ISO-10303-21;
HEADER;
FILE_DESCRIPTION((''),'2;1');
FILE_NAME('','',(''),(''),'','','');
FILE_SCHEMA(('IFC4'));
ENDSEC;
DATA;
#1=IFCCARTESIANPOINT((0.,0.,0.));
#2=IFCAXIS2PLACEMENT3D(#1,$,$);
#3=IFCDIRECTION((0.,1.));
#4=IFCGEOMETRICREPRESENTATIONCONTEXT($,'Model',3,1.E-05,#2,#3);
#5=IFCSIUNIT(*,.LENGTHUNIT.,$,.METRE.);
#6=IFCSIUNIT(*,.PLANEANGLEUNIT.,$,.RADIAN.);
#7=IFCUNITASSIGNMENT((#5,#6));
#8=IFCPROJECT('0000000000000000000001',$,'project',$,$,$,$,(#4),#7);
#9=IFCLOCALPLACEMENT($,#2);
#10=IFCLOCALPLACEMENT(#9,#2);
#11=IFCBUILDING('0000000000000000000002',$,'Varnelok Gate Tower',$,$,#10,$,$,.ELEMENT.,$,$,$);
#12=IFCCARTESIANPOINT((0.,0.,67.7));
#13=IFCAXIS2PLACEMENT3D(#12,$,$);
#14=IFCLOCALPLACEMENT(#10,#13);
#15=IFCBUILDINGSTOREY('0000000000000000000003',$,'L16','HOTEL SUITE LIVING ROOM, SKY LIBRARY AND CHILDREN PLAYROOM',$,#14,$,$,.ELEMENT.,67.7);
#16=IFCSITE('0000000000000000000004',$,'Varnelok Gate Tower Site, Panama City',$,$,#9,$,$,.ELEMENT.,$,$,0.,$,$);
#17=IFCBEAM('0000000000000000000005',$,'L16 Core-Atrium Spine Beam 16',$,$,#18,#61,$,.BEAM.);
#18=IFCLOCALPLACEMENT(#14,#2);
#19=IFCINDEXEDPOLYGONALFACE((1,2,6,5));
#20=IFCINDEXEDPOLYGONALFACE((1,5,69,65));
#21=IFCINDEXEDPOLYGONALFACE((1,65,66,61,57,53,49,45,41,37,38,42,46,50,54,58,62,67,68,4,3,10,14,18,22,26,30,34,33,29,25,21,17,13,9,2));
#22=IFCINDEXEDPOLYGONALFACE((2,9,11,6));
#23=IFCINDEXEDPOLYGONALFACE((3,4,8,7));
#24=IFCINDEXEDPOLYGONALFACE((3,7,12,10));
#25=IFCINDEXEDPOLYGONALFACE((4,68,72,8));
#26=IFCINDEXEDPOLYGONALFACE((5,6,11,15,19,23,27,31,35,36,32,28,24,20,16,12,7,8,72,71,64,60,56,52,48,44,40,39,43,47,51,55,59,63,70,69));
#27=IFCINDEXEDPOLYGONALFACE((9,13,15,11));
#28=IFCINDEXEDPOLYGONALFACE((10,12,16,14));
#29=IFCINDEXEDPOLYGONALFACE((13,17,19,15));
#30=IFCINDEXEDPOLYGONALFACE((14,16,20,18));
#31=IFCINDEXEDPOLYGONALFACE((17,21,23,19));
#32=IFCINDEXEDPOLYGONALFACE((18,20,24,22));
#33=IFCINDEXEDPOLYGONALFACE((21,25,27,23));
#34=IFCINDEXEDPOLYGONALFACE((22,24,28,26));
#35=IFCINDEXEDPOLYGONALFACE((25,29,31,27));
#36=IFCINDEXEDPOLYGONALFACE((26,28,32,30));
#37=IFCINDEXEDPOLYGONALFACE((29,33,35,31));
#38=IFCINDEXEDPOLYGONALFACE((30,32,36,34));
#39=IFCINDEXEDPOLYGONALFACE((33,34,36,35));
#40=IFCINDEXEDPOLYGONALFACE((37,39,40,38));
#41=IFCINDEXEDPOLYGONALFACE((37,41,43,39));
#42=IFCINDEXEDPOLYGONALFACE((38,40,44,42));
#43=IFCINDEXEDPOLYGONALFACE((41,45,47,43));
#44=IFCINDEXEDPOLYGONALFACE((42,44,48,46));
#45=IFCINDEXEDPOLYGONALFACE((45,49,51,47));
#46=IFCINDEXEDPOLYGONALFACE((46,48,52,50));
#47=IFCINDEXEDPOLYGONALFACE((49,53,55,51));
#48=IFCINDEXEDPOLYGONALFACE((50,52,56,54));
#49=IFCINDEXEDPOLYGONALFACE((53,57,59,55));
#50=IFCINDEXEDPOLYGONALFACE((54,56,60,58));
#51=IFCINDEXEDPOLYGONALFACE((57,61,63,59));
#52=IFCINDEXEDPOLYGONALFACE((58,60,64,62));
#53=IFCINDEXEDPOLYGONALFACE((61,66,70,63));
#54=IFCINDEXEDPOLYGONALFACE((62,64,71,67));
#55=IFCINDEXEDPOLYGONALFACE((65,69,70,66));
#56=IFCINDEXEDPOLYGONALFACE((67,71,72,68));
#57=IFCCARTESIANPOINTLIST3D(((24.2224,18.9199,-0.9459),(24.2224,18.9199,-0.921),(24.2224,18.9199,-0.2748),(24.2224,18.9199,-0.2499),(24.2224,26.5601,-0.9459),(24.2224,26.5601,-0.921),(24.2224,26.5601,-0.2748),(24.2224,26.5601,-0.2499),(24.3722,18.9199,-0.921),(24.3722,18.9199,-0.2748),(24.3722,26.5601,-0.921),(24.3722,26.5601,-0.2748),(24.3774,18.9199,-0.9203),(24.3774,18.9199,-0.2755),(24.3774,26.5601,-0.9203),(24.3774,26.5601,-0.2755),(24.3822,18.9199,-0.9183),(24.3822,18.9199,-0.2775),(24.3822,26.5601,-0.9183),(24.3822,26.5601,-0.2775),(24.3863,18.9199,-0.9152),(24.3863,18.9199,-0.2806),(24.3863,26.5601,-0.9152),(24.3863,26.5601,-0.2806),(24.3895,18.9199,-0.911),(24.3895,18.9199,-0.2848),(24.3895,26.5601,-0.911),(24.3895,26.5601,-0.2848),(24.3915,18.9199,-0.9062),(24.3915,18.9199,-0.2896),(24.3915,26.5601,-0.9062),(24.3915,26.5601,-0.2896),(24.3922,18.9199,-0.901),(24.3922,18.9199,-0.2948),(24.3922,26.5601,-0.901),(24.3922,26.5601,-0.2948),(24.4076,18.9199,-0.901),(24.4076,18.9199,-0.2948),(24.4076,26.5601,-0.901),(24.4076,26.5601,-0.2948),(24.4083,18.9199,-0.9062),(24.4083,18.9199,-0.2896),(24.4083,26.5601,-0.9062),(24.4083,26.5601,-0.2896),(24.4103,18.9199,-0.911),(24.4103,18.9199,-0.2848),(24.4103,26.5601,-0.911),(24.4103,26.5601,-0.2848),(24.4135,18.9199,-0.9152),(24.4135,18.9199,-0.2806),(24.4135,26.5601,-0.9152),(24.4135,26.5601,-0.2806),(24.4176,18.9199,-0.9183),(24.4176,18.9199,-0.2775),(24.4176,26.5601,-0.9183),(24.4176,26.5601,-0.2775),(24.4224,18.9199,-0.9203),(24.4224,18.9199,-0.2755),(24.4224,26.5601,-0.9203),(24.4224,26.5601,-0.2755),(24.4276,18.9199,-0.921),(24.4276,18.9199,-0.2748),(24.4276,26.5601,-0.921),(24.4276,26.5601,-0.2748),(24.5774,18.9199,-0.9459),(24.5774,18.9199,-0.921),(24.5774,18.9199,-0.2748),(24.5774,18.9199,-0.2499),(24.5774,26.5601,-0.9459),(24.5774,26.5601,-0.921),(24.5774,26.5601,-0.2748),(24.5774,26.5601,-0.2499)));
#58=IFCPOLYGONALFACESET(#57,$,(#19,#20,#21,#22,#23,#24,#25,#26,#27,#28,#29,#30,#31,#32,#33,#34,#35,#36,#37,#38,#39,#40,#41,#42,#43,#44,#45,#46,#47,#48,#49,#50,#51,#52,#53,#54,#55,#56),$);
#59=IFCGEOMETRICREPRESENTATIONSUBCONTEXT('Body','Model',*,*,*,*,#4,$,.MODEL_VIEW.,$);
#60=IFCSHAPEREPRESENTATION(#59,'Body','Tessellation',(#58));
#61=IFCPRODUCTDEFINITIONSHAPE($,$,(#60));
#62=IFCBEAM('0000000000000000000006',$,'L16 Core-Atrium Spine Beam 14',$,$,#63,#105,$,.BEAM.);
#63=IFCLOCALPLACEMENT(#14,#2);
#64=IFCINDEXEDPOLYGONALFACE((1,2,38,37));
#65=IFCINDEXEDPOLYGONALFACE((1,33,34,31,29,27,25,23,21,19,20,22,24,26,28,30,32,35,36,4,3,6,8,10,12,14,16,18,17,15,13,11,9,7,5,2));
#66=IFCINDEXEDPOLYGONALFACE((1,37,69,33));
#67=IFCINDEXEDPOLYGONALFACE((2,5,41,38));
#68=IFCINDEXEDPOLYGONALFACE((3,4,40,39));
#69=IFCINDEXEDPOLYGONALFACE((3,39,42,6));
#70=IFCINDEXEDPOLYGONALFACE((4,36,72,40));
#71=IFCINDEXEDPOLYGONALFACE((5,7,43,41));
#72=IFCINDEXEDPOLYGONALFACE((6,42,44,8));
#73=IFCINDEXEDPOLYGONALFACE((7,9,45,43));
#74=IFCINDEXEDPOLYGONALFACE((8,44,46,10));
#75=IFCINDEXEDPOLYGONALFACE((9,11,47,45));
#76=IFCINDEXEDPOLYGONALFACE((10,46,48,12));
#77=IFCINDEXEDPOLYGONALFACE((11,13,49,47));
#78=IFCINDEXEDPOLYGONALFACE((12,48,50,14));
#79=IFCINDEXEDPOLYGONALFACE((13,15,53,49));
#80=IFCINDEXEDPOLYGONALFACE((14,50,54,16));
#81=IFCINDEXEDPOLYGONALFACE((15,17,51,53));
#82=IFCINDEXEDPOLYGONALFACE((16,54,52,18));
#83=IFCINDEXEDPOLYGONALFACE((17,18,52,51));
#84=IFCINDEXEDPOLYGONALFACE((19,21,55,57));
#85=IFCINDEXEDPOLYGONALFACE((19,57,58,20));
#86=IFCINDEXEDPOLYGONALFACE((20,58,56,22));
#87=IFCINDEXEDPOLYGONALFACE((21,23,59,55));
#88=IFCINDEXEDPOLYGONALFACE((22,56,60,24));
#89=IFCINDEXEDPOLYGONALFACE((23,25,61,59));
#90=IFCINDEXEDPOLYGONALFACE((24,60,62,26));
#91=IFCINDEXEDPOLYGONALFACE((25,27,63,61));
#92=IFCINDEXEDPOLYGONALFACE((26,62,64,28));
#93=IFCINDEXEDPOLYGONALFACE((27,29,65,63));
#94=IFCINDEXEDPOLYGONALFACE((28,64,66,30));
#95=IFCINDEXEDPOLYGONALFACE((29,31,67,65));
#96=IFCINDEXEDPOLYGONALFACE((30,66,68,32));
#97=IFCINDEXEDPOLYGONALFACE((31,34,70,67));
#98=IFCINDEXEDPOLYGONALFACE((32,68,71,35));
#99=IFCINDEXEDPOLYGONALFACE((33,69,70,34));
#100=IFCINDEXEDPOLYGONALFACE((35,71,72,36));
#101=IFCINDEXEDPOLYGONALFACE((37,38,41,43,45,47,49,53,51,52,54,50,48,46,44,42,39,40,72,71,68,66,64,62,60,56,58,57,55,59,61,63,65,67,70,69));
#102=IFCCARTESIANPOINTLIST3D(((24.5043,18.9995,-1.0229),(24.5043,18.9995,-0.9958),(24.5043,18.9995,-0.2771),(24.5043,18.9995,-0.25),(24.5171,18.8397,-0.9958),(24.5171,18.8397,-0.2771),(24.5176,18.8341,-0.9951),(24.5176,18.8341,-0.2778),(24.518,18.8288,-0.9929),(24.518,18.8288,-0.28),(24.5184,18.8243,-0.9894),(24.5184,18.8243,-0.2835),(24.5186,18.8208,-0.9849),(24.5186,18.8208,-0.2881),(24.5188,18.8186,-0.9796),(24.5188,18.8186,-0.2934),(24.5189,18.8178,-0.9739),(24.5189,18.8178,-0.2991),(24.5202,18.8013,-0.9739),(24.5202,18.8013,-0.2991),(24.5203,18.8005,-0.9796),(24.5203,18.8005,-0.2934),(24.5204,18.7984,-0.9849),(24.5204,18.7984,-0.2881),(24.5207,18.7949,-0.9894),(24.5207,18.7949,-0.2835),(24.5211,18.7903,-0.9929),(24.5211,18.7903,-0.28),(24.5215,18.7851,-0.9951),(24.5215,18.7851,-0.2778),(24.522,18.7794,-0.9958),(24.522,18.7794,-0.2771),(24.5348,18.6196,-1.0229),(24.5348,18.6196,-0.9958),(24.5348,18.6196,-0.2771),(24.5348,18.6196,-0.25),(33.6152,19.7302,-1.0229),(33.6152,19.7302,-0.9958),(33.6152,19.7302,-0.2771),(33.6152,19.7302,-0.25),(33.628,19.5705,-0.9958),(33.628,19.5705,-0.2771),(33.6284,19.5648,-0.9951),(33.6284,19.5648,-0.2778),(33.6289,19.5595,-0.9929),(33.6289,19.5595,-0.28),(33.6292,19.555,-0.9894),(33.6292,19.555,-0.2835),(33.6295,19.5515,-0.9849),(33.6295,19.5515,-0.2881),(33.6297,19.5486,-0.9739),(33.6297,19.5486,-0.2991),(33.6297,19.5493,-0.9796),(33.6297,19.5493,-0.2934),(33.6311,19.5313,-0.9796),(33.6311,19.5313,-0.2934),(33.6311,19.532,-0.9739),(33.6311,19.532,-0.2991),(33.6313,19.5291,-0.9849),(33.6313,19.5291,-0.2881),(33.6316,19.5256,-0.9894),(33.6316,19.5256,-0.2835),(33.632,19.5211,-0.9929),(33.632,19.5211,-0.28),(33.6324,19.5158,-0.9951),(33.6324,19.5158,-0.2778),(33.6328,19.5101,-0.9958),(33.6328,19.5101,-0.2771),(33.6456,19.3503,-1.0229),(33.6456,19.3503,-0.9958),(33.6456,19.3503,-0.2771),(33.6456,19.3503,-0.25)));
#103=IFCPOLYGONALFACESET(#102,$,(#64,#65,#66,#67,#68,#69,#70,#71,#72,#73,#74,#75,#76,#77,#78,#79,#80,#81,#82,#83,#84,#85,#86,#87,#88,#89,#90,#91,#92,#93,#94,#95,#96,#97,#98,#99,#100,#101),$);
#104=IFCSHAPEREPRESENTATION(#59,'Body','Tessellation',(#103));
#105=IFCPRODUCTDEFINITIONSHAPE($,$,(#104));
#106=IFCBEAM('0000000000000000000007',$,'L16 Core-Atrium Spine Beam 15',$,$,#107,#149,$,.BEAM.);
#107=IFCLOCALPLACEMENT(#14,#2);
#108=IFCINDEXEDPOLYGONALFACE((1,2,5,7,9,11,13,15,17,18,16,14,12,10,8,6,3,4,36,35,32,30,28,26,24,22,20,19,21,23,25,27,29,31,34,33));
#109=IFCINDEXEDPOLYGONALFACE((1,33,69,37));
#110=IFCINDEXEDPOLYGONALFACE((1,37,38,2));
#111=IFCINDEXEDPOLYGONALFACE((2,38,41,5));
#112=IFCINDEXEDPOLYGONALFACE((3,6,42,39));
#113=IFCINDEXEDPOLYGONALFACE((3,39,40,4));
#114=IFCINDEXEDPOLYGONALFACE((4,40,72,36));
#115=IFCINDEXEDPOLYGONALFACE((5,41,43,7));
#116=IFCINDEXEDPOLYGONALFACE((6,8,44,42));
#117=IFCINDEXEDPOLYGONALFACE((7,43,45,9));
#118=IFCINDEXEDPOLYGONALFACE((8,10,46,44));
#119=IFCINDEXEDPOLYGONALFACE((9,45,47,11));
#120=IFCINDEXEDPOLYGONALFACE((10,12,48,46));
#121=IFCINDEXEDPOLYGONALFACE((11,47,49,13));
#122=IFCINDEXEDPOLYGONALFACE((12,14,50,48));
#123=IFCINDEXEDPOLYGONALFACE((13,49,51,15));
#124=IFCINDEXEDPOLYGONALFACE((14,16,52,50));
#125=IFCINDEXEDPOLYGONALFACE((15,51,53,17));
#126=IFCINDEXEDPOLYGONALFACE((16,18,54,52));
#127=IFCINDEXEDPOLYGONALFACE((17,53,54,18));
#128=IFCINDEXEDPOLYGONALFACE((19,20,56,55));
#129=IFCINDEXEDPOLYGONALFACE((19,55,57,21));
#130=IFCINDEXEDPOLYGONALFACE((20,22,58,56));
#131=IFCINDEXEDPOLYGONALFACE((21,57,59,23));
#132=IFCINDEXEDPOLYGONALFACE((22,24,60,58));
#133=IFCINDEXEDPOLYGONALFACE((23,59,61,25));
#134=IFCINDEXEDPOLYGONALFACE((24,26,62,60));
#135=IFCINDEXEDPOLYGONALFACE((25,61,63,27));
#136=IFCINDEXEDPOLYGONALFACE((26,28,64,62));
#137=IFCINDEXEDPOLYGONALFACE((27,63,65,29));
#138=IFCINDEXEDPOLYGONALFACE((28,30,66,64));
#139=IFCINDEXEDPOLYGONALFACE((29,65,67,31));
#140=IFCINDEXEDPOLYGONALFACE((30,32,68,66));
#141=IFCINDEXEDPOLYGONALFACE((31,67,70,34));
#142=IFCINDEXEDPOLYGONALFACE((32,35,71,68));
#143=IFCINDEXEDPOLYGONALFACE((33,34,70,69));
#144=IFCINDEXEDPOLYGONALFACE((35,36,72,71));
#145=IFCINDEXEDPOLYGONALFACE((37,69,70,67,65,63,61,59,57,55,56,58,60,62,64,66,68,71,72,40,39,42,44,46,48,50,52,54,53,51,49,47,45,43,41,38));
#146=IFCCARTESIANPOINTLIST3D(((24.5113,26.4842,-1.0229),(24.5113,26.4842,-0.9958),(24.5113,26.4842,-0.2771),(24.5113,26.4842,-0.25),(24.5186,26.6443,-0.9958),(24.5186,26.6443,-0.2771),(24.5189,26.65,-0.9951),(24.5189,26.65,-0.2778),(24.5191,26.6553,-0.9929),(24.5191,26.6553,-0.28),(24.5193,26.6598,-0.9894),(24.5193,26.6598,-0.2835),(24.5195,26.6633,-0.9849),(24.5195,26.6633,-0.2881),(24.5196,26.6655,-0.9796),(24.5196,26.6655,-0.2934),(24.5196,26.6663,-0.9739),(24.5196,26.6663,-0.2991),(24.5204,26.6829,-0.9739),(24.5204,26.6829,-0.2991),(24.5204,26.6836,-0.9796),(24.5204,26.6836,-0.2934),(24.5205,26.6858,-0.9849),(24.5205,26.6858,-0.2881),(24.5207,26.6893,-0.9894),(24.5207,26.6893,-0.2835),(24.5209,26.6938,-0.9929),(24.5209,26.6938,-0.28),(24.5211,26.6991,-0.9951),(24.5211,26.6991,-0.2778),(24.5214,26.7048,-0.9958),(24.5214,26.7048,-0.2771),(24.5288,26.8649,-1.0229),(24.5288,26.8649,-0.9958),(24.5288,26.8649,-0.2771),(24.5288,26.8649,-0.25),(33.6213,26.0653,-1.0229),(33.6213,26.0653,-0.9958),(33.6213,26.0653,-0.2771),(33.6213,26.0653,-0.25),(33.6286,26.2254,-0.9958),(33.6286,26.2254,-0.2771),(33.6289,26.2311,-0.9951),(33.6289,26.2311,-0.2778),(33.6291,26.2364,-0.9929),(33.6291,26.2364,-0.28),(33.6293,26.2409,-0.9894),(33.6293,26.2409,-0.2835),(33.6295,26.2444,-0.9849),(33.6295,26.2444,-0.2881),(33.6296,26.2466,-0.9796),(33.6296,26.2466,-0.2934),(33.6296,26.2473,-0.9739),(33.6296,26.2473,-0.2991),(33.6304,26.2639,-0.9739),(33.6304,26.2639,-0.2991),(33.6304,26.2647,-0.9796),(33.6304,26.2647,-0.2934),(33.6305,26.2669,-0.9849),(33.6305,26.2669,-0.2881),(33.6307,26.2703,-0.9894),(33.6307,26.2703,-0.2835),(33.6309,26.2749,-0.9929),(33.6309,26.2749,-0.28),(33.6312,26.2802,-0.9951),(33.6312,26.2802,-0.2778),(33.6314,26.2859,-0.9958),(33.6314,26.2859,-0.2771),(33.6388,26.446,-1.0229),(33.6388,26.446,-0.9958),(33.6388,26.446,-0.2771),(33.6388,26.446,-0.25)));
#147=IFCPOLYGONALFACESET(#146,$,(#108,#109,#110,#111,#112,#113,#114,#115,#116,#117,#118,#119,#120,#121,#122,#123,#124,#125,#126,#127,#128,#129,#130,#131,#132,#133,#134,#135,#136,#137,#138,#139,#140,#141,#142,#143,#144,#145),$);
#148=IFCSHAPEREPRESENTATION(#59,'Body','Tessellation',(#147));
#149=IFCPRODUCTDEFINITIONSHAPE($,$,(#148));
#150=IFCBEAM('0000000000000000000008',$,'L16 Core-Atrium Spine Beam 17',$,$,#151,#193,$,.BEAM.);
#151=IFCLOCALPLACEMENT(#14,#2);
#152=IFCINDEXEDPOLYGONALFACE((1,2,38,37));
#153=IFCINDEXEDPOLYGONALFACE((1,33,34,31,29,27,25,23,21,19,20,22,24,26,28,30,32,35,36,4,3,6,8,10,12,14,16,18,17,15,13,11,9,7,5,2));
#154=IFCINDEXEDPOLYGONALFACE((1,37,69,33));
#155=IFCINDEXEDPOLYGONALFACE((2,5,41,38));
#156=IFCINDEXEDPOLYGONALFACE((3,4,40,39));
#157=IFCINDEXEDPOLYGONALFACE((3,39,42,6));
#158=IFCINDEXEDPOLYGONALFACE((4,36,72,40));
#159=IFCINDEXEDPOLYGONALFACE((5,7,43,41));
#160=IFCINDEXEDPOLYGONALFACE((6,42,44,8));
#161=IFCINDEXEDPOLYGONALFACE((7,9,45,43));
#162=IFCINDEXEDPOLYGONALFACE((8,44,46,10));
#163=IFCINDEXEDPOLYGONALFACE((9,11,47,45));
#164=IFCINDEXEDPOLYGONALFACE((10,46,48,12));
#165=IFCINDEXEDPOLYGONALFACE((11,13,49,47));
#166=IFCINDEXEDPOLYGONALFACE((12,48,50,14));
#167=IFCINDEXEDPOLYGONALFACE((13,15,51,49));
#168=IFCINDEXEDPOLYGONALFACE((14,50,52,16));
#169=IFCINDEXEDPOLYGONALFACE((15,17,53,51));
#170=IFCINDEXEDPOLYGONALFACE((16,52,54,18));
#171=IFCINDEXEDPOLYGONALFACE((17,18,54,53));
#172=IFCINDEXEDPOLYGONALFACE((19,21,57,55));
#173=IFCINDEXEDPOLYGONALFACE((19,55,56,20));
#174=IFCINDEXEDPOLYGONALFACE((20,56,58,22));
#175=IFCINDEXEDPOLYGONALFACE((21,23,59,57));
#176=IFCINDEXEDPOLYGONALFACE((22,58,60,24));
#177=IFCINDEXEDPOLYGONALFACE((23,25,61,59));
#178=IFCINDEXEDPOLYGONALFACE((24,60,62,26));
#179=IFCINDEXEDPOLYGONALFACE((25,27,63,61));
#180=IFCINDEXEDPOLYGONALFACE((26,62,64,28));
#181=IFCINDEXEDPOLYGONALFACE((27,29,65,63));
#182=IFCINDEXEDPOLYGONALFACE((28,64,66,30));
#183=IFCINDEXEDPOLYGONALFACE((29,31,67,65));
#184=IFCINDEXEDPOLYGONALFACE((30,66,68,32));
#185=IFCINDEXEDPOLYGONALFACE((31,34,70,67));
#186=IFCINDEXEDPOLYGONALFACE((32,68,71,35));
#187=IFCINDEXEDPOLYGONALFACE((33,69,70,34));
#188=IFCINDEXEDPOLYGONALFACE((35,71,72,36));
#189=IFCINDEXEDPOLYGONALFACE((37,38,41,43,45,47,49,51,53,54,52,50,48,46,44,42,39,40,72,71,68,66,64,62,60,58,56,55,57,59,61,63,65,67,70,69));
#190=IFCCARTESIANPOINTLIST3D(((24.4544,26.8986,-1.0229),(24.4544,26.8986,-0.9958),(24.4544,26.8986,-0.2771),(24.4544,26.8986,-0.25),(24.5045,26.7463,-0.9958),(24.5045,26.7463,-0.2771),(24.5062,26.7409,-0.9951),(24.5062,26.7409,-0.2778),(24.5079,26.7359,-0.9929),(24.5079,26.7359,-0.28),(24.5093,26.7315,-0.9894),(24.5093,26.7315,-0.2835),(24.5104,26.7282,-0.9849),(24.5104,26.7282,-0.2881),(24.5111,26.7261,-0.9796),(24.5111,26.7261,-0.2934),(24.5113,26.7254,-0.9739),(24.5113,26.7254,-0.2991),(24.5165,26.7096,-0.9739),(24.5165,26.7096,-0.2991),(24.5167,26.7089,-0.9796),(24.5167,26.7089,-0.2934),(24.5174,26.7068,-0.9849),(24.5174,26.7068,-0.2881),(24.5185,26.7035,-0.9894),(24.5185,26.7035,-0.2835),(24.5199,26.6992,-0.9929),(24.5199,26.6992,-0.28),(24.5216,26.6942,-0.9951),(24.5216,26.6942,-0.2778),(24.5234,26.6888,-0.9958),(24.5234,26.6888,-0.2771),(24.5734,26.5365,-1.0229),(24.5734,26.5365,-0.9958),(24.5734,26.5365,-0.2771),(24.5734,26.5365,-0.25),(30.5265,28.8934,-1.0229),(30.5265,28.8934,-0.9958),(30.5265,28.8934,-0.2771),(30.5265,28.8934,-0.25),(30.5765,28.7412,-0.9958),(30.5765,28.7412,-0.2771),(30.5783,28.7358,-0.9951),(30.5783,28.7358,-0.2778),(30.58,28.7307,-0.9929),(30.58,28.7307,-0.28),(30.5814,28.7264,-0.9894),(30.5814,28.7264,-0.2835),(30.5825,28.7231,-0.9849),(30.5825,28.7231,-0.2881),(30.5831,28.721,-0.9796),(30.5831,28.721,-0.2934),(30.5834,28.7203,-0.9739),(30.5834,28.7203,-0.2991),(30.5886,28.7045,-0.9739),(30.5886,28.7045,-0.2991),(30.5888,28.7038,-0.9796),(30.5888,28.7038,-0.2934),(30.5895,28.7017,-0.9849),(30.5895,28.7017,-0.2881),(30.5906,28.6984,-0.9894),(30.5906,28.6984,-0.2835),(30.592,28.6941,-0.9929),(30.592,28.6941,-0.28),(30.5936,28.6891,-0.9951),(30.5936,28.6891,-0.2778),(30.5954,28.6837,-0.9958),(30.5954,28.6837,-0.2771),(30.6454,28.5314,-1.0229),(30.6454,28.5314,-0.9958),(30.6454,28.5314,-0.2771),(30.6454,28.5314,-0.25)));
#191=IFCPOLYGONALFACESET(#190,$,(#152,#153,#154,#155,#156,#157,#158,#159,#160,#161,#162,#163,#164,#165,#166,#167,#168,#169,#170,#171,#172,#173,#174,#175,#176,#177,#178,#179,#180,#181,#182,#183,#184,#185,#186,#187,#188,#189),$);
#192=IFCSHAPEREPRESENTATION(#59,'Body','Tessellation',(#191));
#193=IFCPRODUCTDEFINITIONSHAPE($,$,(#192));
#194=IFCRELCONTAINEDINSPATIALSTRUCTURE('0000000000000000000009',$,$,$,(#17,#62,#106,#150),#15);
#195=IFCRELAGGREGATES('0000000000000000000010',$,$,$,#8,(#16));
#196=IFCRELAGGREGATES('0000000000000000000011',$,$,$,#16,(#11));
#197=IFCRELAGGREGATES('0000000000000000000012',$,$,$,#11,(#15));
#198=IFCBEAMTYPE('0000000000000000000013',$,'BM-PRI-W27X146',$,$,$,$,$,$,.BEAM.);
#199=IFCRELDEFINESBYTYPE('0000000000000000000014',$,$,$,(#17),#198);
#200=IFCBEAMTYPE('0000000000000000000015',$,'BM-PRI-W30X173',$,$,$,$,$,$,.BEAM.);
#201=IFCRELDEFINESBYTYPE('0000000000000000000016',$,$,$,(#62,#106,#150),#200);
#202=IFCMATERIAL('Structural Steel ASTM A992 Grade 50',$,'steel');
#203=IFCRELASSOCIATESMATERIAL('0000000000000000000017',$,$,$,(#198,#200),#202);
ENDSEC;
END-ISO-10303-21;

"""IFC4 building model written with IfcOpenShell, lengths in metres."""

from ifc_helpers import new_model, si_unit, direction, frame, origin, origin_2d, place, context, subcontext, project, spatial, i_section, extrude, material, material_profile, profile_set, type_object, element, save


model = new_model("IFC4")

# Units and contexts
model_context = context("Model", 3, precision=1e-05, world=origin(), true_north=direction((0.0, 1.0)))
body_context = subcontext(model_context, "Body", "Model", "MODEL_VIEW")
ifc_project = project(units=[si_unit("LENGTHUNIT", "METRE"), si_unit("PLANEANGLEUNIT", "RADIAN")], contexts=[model_context])

# Site, building, storey
site_placement = place(None, origin())
site = spatial("IfcSite", under=ifc_project, at=site_placement, Name="Varnelok Gate Tower Site, Panama City", CompositionType="ELEMENT", RefElevation=0.0)
building_placement = place(site_placement, origin())
building = spatial("IfcBuilding", under=site, at=building_placement, Name="Varnelok Gate Tower", CompositionType="ELEMENT")
storey_placement = place(building_placement, frame((0.0, 0.0, 67.7)))
storey = spatial("IfcBuildingStorey", under=building, at=storey_placement, Name="L16", Description="HOTEL SUITE LIVING ROOM, SKY LIBRARY AND CHILDREN PLAYROOM", CompositionType="ELEMENT", Elevation=67.7)

# Shared definitions
ifc_material_1 = material(Name="Structural Steel ASTM A992 Grade 50", Category="steel")

# Beams
ifc_material_profile_1 = material_profile(ifc_material_1, i_section(OverallWidth=0.355, OverallDepth=0.696, WebThickness=0.0154, FlangeThickness=0.0249, FilletRadius=0.02, at=origin_2d()), Name="W27X146")
ifc_profile_set_1 = profile_set([ifc_material_profile_1], Name="Structural Steel ASTM A992 Grade 50")
beam_type_1 = type_object("IfcBeamType", Name="BM-PRI-W27X146", PredefinedType="BEAM", material=ifc_profile_set_1)
beam_1_placement = place(storey_placement, frame((24.3999, 18.9199, -0.5979), z_axis=(0.0, 1.0, 0.0), x_axis=(-1.0, 0.0, 0.0)))
element("IfcBeam", 1, at=beam_1_placement, inside=storey, type_object=beam_type_1, Name="L16 Core-Atrium Spine Beam 16", PredefinedType="BEAM", context=body_context, shape_type="SweptSolid", body=[
    extrude(i_section(OverallWidth=0.355, OverallDepth=0.696, WebThickness=0.0154, FlangeThickness=0.0249, FilletRadius=0.02, at=origin_2d()), origin(), (0.0, 0.0, 1.0), 7.6401),
])
ifc_material_profile_2 = material_profile(ifc_material_1, i_section(OverallWidth=0.3811, OverallDepth=0.7729, WebThickness=0.0166, FlangeThickness=0.0271, FilletRadius=0.022, at=origin_2d()), Name="W30X173")
ifc_profile_set_2 = profile_set([ifc_material_profile_2], Name="Structural Steel ASTM A992 Grade 50")
beam_type_2 = type_object("IfcBeamType", Name="BM-PRI-W30X173", PredefinedType="BEAM", material=ifc_profile_set_2)
beam_2_placement = place(storey_placement, frame((24.5195, 18.8096, -0.6365), z_axis=(0.996799, 0.079946, 0.0), x_axis=(-0.079946, 0.996799, 0.0)))
element("IfcBeam", 2, at=beam_2_placement, inside=storey, type_object=beam_type_2, Name="L16 Core-Atrium Spine Beam 14", PredefinedType="BEAM", context=body_context, shape_type="SweptSolid", body=[
    extrude(i_section(OverallWidth=0.3811, OverallDepth=0.7729, WebThickness=0.0166, FlangeThickness=0.0271, FilletRadius=0.022, at=origin_2d()), origin(), (0.0, 0.0, 1.0), 9.1401),
])
beam_3_placement = place(storey_placement, frame((24.52, 26.6746, -0.6365), z_axis=(0.998944, -0.045938, 0.0), x_axis=(0.045938, 0.998944, 0.0)))
element("IfcBeam", 3, at=beam_3_placement, inside=storey, type_object=beam_type_2, Name="L16 Core-Atrium Spine Beam 15", PredefinedType="BEAM", context=body_context, shape_type="SweptSolid", body=[
    extrude(i_section(OverallWidth=0.3811, OverallDepth=0.7729, WebThickness=0.0166, FlangeThickness=0.0271, FilletRadius=0.022, at=origin_2d()), origin(), (0.0, 0.0, 1.0), 9.1196),
])
beam_4_placement = place(storey_placement, frame((24.5139, 26.7175, -0.6365), z_axis=(0.950042, 0.312122, 0.0), x_axis=(-0.312122, 0.950042, 0.0)))
element("IfcBeam", 4, at=beam_4_placement, inside=storey, type_object=beam_type_2, Name="L16 Core-Atrium Spine Beam 17", PredefinedType="BEAM", context=body_context, shape_type="SweptSolid", body=[
    extrude(i_section(OverallWidth=0.3811, OverallDepth=0.7729, WebThickness=0.0166, FlangeThickness=0.0271, FilletRadius=0.022, at=origin_2d()), origin(), (0.0, 0.0, 1.0), 6.3914),
])

save(model, "model.ifc")
